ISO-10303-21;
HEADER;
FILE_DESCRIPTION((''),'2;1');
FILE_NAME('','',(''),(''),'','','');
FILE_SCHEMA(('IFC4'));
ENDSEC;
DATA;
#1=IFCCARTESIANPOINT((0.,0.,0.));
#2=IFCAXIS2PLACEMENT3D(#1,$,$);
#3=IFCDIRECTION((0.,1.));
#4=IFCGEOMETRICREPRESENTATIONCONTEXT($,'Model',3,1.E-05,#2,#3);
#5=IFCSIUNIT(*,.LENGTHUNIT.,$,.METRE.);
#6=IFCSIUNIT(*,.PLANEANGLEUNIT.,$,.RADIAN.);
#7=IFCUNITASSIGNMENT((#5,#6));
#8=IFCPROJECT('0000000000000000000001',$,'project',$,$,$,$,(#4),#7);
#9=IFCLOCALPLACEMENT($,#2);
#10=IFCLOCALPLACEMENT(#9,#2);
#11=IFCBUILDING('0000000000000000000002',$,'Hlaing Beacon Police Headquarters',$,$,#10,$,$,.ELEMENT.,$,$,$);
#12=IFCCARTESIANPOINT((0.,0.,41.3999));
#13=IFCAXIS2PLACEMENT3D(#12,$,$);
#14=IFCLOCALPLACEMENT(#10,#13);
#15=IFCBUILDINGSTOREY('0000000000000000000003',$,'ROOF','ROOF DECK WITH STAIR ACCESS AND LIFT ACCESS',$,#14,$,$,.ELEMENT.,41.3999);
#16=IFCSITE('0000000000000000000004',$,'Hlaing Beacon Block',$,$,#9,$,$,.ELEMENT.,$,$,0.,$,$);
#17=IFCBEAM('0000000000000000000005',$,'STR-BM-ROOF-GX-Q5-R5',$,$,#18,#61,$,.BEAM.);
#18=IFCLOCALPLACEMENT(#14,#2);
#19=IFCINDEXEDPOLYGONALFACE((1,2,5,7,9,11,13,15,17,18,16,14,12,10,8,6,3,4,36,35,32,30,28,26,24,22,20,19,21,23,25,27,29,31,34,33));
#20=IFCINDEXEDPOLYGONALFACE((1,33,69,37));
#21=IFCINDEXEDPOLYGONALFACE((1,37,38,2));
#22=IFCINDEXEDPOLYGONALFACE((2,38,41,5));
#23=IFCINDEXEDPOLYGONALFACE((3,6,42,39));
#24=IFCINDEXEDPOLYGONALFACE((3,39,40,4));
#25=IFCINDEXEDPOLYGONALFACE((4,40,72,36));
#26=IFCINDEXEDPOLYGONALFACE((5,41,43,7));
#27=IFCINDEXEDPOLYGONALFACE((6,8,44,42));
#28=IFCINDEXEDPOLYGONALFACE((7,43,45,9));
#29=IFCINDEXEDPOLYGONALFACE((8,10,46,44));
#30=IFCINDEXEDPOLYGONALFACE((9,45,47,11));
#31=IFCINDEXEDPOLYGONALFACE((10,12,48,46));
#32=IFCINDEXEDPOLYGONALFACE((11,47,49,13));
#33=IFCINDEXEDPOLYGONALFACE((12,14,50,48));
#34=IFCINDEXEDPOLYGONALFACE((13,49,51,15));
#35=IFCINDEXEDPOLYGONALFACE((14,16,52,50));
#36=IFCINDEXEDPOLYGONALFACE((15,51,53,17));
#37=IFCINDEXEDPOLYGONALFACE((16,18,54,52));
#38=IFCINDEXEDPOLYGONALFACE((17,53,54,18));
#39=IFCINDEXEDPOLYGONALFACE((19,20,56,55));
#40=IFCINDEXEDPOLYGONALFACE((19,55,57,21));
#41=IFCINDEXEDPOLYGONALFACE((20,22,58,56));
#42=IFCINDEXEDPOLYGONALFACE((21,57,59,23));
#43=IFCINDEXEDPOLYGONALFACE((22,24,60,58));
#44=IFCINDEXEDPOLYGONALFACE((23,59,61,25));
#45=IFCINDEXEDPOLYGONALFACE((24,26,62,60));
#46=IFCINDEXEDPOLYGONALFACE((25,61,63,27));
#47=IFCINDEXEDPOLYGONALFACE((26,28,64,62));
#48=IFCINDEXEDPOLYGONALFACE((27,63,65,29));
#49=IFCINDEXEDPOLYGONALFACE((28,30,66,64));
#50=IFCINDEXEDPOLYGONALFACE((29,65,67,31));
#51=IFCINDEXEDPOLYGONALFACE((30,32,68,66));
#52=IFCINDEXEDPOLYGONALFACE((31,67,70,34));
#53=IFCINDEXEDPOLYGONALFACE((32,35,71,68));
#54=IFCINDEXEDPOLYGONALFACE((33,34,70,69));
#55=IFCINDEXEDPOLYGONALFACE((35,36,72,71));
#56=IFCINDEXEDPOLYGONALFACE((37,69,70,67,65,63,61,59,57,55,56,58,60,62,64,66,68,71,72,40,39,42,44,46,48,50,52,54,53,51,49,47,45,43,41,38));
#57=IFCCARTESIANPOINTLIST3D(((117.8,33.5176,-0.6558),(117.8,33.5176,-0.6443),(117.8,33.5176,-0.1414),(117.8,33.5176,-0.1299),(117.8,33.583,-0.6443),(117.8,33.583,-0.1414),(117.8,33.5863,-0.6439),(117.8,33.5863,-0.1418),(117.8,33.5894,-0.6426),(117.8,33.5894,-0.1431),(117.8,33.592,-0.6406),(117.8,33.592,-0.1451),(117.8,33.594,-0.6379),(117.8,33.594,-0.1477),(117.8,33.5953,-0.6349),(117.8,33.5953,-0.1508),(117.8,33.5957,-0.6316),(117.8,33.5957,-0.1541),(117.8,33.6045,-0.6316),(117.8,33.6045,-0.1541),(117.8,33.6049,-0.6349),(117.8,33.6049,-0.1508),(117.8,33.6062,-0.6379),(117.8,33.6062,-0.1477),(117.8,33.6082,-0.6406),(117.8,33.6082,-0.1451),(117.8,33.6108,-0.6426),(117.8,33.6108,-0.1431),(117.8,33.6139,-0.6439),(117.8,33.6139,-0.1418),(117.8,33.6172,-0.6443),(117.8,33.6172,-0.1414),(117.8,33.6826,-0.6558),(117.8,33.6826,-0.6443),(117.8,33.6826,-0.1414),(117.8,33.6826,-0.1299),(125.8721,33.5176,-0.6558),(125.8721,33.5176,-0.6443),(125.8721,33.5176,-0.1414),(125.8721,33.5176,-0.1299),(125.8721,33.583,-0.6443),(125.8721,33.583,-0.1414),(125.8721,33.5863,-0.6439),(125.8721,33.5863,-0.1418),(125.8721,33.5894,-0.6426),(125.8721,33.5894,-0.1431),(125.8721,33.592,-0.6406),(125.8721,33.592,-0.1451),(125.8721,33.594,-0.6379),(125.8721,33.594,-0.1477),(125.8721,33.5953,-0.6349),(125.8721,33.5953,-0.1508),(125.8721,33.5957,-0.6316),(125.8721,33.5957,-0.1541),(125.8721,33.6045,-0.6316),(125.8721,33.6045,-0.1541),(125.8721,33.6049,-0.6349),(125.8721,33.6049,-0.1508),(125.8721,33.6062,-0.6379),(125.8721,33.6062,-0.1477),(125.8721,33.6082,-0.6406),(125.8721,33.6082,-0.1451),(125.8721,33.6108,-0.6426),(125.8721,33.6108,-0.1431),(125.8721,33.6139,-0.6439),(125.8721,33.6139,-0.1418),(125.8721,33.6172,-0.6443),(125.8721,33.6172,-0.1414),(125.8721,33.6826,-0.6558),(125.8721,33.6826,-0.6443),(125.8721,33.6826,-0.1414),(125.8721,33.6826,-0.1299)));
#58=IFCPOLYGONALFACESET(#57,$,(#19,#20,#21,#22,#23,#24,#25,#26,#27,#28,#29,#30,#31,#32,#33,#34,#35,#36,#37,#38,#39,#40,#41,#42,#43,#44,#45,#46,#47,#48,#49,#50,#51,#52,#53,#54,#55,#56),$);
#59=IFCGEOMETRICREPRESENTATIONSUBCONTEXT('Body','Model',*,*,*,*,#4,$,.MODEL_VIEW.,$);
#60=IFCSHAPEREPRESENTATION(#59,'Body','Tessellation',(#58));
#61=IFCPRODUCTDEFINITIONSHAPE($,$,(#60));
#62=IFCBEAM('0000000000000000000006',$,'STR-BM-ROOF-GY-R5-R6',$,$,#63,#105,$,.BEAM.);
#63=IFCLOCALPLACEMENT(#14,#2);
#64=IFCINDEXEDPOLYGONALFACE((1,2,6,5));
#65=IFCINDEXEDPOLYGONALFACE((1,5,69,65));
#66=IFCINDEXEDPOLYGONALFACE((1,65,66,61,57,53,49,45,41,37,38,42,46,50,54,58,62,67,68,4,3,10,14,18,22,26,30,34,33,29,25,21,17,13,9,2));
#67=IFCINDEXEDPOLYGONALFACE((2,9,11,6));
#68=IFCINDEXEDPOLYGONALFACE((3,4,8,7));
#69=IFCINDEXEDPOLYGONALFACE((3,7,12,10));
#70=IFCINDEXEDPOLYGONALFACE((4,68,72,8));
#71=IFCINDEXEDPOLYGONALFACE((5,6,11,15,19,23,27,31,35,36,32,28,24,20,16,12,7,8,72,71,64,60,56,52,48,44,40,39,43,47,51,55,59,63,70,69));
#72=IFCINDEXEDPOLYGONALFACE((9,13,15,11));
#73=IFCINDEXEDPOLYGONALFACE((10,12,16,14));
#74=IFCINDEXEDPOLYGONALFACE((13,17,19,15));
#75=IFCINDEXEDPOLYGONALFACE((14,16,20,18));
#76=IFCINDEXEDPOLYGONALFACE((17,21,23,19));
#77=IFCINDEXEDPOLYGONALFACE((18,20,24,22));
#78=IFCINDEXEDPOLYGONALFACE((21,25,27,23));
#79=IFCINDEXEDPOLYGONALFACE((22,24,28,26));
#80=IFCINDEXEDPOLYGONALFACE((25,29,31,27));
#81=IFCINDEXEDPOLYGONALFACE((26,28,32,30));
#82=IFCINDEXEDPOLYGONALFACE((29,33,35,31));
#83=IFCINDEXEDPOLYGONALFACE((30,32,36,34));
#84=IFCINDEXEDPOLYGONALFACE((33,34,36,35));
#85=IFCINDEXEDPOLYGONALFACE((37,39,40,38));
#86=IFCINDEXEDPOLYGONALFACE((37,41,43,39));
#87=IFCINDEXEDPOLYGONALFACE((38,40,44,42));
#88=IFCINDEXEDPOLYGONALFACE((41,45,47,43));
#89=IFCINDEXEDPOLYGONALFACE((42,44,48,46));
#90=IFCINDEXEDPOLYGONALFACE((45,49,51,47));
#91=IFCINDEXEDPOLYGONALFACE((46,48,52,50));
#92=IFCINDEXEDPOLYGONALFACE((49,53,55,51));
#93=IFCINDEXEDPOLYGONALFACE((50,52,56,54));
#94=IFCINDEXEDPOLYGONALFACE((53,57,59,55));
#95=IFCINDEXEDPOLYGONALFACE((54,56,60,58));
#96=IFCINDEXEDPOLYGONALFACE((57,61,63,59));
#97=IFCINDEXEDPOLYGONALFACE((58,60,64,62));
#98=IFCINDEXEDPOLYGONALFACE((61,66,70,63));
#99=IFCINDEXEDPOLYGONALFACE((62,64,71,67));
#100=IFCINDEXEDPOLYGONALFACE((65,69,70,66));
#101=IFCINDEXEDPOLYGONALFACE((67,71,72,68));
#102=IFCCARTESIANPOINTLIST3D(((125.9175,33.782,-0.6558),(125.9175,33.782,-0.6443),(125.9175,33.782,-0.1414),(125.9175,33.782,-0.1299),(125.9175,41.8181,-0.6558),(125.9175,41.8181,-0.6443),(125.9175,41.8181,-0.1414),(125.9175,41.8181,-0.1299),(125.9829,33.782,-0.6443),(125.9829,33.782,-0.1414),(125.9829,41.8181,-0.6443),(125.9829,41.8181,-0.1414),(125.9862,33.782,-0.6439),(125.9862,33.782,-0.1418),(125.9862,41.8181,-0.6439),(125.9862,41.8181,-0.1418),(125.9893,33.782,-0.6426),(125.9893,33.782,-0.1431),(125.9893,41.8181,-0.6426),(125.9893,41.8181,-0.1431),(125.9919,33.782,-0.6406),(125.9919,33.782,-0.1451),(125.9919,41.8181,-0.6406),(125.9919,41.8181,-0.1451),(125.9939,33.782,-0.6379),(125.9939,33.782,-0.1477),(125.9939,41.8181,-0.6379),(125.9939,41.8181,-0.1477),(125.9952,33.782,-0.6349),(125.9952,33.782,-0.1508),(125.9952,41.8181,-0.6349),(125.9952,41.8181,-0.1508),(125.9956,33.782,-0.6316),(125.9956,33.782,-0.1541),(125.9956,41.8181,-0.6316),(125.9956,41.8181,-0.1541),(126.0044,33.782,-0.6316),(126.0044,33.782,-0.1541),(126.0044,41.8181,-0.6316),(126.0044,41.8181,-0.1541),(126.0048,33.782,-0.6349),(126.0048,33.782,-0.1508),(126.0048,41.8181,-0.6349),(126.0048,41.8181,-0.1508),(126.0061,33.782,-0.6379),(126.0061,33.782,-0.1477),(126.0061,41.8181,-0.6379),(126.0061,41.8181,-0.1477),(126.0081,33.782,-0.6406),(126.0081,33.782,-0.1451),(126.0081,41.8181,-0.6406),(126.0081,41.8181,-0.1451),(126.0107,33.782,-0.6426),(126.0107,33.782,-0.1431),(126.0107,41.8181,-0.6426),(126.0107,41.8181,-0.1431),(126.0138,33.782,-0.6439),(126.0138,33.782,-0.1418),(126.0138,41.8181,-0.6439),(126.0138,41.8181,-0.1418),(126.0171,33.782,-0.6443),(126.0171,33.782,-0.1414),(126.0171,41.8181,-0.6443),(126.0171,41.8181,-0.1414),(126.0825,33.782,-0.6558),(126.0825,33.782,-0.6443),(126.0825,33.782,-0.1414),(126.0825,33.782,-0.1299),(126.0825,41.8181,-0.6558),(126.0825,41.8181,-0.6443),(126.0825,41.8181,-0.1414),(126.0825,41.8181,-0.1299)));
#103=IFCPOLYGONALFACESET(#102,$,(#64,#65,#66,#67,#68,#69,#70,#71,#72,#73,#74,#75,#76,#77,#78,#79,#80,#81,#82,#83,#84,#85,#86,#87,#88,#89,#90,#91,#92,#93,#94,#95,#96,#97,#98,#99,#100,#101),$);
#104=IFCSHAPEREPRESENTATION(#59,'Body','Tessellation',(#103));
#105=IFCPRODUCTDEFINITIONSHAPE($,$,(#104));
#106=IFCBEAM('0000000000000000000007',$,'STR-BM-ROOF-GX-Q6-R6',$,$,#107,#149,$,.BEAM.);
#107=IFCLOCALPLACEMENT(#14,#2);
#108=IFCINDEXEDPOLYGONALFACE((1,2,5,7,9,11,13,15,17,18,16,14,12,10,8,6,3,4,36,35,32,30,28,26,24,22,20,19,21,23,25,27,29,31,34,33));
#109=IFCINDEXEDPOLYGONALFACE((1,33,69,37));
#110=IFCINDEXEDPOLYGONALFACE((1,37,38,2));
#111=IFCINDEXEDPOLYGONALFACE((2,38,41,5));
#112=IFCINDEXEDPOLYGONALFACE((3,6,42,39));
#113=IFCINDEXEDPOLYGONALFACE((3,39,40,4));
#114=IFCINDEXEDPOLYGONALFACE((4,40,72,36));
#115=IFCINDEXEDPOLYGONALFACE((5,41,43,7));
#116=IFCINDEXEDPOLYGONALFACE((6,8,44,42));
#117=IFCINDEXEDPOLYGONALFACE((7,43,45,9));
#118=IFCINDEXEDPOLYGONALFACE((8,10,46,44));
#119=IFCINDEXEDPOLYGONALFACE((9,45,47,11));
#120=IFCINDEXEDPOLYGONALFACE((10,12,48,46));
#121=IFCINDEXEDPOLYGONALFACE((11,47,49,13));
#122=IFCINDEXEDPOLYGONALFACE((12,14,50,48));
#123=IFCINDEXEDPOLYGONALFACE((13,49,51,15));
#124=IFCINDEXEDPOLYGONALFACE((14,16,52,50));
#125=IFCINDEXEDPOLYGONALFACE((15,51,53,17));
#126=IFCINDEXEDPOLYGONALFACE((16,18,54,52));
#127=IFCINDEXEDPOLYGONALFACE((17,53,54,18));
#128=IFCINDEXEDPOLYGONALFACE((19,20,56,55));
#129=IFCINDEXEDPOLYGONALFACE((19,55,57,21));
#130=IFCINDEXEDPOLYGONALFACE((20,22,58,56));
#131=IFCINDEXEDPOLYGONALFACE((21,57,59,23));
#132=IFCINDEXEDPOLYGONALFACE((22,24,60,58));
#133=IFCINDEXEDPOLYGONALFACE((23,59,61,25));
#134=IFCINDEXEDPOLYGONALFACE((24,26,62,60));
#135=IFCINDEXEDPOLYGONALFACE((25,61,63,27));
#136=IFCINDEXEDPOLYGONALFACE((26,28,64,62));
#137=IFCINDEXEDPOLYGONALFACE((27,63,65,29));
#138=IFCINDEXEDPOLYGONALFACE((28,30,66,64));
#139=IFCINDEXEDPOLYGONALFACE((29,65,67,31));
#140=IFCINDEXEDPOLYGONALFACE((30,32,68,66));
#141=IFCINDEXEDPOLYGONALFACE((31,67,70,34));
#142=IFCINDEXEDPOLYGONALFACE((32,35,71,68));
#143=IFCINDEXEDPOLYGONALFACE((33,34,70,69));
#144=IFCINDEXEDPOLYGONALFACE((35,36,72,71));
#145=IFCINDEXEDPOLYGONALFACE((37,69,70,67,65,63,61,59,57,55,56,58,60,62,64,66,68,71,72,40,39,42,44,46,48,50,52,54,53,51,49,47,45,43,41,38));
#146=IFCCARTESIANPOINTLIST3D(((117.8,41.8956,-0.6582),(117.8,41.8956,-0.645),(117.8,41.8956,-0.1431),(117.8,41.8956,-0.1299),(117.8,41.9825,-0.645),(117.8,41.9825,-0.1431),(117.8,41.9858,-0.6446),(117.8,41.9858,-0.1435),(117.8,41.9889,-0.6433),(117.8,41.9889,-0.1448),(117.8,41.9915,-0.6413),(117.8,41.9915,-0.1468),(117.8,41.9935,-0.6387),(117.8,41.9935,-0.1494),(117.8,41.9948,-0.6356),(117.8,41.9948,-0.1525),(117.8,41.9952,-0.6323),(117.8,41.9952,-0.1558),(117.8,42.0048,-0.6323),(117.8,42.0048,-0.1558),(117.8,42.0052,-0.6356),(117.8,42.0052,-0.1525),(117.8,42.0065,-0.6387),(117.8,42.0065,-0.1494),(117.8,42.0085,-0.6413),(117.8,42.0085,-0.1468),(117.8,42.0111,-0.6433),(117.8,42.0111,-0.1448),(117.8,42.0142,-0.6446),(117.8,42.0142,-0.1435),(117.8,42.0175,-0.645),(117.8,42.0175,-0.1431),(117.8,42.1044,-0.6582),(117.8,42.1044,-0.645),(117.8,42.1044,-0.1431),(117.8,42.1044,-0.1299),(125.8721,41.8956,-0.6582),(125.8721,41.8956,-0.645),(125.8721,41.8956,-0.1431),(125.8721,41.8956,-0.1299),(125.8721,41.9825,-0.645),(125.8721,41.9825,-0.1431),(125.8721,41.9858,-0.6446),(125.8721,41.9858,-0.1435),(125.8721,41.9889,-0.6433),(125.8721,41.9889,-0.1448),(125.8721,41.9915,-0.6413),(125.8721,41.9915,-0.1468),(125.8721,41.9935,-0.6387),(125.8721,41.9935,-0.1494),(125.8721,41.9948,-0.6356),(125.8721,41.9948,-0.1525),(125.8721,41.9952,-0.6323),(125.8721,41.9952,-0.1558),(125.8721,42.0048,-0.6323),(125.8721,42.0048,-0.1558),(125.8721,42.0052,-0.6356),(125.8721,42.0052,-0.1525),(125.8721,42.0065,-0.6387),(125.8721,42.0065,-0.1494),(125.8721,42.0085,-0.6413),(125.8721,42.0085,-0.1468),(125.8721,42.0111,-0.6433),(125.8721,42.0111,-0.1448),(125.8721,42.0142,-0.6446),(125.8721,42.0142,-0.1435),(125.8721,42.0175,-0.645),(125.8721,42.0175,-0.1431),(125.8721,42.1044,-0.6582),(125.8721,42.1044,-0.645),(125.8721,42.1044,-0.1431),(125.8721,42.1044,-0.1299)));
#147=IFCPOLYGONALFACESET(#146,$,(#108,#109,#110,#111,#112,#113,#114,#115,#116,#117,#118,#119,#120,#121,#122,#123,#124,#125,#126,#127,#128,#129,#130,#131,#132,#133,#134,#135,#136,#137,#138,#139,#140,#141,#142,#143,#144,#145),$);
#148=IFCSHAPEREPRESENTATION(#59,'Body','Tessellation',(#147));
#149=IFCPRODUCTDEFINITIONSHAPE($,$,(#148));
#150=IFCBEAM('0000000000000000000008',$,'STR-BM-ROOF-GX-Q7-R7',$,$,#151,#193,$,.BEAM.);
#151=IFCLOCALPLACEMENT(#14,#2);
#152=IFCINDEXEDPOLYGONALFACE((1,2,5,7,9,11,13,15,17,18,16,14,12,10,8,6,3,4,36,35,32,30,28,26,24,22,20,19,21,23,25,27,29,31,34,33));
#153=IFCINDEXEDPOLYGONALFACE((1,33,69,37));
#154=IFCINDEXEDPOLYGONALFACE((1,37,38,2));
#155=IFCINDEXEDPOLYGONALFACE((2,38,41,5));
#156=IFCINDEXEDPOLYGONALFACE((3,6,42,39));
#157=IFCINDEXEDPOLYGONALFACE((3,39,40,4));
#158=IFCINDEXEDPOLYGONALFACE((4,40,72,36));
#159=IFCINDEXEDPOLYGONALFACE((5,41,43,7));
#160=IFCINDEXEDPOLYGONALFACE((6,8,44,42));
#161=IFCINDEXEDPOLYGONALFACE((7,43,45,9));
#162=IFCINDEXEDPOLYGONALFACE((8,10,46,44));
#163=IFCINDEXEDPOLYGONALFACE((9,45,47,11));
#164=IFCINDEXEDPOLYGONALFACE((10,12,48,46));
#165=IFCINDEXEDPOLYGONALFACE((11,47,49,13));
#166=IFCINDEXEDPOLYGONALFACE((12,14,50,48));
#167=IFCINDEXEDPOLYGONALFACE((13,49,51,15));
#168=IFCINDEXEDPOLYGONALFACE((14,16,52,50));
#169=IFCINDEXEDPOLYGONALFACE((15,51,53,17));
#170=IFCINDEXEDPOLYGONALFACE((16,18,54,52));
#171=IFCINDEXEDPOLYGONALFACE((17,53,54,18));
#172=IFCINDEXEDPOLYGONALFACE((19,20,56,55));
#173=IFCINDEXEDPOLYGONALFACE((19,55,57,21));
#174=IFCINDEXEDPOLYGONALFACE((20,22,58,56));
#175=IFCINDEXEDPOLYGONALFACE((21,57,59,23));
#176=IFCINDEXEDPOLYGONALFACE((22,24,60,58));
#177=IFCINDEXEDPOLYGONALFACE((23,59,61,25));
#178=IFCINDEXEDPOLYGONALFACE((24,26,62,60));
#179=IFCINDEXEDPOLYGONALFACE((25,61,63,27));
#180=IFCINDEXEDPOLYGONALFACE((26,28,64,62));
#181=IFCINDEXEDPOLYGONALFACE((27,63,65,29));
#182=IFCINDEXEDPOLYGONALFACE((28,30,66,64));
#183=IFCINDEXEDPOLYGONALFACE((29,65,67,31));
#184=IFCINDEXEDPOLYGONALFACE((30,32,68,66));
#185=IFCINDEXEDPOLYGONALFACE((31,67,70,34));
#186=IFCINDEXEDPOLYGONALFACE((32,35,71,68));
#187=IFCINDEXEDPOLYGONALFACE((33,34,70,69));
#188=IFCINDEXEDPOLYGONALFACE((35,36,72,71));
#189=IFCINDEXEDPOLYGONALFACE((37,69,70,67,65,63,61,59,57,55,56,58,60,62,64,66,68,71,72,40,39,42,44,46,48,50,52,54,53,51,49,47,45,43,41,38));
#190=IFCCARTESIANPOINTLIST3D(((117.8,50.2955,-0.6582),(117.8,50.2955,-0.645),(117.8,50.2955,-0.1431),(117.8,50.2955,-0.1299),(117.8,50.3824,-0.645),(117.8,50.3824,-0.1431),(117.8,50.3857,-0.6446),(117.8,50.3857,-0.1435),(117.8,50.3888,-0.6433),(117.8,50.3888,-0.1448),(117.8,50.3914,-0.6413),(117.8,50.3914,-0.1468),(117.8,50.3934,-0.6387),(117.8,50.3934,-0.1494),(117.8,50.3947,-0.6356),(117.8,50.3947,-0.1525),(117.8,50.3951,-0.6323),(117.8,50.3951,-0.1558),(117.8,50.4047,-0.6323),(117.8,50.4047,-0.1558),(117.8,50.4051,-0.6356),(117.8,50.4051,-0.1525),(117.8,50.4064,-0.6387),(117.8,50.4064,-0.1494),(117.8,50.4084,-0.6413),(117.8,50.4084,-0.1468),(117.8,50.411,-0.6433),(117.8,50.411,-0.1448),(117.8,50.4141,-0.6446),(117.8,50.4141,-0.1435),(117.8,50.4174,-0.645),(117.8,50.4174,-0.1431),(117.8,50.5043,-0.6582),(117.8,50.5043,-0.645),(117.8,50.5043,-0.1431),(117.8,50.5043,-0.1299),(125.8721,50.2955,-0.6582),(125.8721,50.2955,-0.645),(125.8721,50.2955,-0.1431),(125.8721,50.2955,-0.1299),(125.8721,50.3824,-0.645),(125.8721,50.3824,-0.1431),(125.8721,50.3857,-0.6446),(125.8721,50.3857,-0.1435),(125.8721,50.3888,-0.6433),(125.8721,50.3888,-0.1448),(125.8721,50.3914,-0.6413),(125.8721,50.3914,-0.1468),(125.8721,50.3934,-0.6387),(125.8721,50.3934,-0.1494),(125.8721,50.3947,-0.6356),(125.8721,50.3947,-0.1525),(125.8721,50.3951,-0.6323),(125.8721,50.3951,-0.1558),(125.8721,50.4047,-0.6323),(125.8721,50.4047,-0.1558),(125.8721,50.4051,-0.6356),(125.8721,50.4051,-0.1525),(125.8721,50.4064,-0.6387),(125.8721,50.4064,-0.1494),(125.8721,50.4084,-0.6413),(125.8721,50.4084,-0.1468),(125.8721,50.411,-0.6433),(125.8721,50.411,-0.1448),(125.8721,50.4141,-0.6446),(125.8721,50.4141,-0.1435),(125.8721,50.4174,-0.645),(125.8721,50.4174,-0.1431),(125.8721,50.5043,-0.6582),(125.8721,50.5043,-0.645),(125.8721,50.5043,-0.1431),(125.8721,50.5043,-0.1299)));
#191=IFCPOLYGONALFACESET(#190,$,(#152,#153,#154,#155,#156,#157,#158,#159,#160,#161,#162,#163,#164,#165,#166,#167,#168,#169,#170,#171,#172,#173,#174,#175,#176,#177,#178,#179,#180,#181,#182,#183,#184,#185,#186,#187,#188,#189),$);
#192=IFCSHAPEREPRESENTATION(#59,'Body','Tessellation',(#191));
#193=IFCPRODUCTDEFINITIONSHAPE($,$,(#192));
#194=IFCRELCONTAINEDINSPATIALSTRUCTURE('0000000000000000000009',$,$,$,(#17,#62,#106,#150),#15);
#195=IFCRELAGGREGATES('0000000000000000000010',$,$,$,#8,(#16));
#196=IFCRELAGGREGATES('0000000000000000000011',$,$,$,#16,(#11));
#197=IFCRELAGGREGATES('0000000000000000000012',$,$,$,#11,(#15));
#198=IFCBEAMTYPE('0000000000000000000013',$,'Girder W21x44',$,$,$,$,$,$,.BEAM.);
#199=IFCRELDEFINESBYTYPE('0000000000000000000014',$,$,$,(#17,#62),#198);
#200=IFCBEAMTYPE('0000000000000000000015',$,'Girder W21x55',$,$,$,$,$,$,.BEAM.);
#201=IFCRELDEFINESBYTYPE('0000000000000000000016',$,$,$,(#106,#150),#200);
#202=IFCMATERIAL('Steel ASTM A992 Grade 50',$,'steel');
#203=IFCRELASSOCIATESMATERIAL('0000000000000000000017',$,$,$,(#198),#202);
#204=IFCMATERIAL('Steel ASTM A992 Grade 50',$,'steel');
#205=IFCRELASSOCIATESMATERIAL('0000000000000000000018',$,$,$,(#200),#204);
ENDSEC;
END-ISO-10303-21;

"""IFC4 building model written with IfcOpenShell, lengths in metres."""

from ifc_helpers import new_model, si_unit, direction, frame, origin, origin_2d, place, context, subcontext, project, spatial, i_section, extrude, material, material_profile, profile_set, type_object, element, save


model = new_model("IFC4")

# Units and contexts
model_context = context("Model", 3, precision=1e-05, world=origin(), true_north=direction((0.0, 1.0)))
body_context = subcontext(model_context, "Body", "Model", "MODEL_VIEW")
ifc_project = project(units=[si_unit("LENGTHUNIT", "METRE"), si_unit("PLANEANGLEUNIT", "RADIAN")], contexts=[model_context])

# Site, building, storey
site_placement = place(None, origin())
site = spatial("IfcSite", under=ifc_project, at=site_placement, Name="Hlaing Beacon Block", CompositionType="ELEMENT", RefElevation=0.0)
building_placement = place(site_placement, origin())
building = spatial("IfcBuilding", under=site, at=building_placement, Name="Hlaing Beacon Police Headquarters", CompositionType="ELEMENT")
storey_placement = place(building_placement, frame((0.0, 0.0, 41.3999)))
storey = spatial("IfcBuildingStorey", under=building, at=storey_placement, Name="ROOF", Description="ROOF DECK WITH STAIR ACCESS AND LIFT ACCESS", CompositionType="ELEMENT", Elevation=41.3999)

# Beams
ifc_material_1 = material(Name="Steel ASTM A992 Grade 50", Category="steel")
ifc_material_profile_1 = material_profile(ifc_material_1, i_section(OverallWidth=0.165, OverallDepth=0.5259, WebThickness=0.0088, FlangeThickness=0.0115, FilletRadius=0.0127, at=origin_2d()), Name="W21x44")
ifc_profile_set_1 = profile_set([ifc_material_profile_1], Name="Steel ASTM A992 Grade 50")
beam_type_1 = type_object("IfcBeamType", Name="Girder W21x44", PredefinedType="BEAM", material=ifc_profile_set_1)
beam_1_placement = place(storey_placement, frame((117.8, 33.6001, -0.3928), z_axis=(1.0, 0.0, 0.0), x_axis=(0.0, 1.0, 0.0)))
element("IfcBeam", 1, at=beam_1_placement, inside=storey, type_object=beam_type_1, Name="STR-BM-ROOF-GX-Q5-R5", PredefinedType="BEAM", context=body_context, shape_type="SweptSolid", body=[
    extrude(i_section(OverallWidth=0.165, OverallDepth=0.5259, WebThickness=0.0088, FlangeThickness=0.0115, FilletRadius=0.0127, at=origin_2d()), origin(), (0.0, 0.0, 1.0), 8.072),
])
beam_2_placement = place(storey_placement, frame((126.0, 33.782, -0.3928), z_axis=(0.0, 1.0, 0.0), x_axis=(-1.0, 0.0, 0.0)))
element("IfcBeam", 2, at=beam_2_placement, inside=storey, type_object=beam_type_1, Name="STR-BM-ROOF-GY-R5-R6", PredefinedType="BEAM", context=body_context, shape_type="SweptSolid", body=[
    extrude(i_section(OverallWidth=0.165, OverallDepth=0.5259, WebThickness=0.0088, FlangeThickness=0.0115, FilletRadius=0.0127, at=origin_2d()), origin(), (0.0, 0.0, 1.0), 8.0361),
])
ifc_material_2 = material(Name="Steel ASTM A992 Grade 50", Category="steel")
ifc_material_profile_2 = material_profile(ifc_material_2, i_section(OverallWidth=0.2087, OverallDepth=0.5283, WebThickness=0.0095, FlangeThickness=0.0132, FilletRadius=0.0127, at=origin_2d()), Name="W21x55")
ifc_profile_set_2 = profile_set([ifc_material_profile_2], Name="Steel ASTM A992 Grade 50")
beam_type_2 = type_object("IfcBeamType", Name="Girder W21x55", PredefinedType="BEAM", material=ifc_profile_set_2)
for number, where, z_axis, x_axis, name in (
    (3, (117.8, 42.0, -0.394), (1.0, 0.0, 0.0), (0.0, 1.0, 0.0), "STR-BM-ROOF-GX-Q6-R6"),
    (4, (117.8, 50.3999, -0.394), (1.0, 0.0, 0.0), (0.0, 1.0, 0.0), "STR-BM-ROOF-GX-Q7-R7"),
):
    element("IfcBeam", number, at=place(storey_placement, frame(where, z_axis=z_axis, x_axis=x_axis)), inside=storey, type_object=beam_type_2, Name=name, PredefinedType="BEAM", context=body_context, shape_type="SweptSolid", body=[
        extrude(i_section(OverallWidth=0.2087, OverallDepth=0.5283, WebThickness=0.0095, FlangeThickness=0.0132, FilletRadius=0.0127, at=origin_2d()), origin(), (0.0, 0.0, 1.0), 8.072),
    ])

save(model, "model.ifc")
